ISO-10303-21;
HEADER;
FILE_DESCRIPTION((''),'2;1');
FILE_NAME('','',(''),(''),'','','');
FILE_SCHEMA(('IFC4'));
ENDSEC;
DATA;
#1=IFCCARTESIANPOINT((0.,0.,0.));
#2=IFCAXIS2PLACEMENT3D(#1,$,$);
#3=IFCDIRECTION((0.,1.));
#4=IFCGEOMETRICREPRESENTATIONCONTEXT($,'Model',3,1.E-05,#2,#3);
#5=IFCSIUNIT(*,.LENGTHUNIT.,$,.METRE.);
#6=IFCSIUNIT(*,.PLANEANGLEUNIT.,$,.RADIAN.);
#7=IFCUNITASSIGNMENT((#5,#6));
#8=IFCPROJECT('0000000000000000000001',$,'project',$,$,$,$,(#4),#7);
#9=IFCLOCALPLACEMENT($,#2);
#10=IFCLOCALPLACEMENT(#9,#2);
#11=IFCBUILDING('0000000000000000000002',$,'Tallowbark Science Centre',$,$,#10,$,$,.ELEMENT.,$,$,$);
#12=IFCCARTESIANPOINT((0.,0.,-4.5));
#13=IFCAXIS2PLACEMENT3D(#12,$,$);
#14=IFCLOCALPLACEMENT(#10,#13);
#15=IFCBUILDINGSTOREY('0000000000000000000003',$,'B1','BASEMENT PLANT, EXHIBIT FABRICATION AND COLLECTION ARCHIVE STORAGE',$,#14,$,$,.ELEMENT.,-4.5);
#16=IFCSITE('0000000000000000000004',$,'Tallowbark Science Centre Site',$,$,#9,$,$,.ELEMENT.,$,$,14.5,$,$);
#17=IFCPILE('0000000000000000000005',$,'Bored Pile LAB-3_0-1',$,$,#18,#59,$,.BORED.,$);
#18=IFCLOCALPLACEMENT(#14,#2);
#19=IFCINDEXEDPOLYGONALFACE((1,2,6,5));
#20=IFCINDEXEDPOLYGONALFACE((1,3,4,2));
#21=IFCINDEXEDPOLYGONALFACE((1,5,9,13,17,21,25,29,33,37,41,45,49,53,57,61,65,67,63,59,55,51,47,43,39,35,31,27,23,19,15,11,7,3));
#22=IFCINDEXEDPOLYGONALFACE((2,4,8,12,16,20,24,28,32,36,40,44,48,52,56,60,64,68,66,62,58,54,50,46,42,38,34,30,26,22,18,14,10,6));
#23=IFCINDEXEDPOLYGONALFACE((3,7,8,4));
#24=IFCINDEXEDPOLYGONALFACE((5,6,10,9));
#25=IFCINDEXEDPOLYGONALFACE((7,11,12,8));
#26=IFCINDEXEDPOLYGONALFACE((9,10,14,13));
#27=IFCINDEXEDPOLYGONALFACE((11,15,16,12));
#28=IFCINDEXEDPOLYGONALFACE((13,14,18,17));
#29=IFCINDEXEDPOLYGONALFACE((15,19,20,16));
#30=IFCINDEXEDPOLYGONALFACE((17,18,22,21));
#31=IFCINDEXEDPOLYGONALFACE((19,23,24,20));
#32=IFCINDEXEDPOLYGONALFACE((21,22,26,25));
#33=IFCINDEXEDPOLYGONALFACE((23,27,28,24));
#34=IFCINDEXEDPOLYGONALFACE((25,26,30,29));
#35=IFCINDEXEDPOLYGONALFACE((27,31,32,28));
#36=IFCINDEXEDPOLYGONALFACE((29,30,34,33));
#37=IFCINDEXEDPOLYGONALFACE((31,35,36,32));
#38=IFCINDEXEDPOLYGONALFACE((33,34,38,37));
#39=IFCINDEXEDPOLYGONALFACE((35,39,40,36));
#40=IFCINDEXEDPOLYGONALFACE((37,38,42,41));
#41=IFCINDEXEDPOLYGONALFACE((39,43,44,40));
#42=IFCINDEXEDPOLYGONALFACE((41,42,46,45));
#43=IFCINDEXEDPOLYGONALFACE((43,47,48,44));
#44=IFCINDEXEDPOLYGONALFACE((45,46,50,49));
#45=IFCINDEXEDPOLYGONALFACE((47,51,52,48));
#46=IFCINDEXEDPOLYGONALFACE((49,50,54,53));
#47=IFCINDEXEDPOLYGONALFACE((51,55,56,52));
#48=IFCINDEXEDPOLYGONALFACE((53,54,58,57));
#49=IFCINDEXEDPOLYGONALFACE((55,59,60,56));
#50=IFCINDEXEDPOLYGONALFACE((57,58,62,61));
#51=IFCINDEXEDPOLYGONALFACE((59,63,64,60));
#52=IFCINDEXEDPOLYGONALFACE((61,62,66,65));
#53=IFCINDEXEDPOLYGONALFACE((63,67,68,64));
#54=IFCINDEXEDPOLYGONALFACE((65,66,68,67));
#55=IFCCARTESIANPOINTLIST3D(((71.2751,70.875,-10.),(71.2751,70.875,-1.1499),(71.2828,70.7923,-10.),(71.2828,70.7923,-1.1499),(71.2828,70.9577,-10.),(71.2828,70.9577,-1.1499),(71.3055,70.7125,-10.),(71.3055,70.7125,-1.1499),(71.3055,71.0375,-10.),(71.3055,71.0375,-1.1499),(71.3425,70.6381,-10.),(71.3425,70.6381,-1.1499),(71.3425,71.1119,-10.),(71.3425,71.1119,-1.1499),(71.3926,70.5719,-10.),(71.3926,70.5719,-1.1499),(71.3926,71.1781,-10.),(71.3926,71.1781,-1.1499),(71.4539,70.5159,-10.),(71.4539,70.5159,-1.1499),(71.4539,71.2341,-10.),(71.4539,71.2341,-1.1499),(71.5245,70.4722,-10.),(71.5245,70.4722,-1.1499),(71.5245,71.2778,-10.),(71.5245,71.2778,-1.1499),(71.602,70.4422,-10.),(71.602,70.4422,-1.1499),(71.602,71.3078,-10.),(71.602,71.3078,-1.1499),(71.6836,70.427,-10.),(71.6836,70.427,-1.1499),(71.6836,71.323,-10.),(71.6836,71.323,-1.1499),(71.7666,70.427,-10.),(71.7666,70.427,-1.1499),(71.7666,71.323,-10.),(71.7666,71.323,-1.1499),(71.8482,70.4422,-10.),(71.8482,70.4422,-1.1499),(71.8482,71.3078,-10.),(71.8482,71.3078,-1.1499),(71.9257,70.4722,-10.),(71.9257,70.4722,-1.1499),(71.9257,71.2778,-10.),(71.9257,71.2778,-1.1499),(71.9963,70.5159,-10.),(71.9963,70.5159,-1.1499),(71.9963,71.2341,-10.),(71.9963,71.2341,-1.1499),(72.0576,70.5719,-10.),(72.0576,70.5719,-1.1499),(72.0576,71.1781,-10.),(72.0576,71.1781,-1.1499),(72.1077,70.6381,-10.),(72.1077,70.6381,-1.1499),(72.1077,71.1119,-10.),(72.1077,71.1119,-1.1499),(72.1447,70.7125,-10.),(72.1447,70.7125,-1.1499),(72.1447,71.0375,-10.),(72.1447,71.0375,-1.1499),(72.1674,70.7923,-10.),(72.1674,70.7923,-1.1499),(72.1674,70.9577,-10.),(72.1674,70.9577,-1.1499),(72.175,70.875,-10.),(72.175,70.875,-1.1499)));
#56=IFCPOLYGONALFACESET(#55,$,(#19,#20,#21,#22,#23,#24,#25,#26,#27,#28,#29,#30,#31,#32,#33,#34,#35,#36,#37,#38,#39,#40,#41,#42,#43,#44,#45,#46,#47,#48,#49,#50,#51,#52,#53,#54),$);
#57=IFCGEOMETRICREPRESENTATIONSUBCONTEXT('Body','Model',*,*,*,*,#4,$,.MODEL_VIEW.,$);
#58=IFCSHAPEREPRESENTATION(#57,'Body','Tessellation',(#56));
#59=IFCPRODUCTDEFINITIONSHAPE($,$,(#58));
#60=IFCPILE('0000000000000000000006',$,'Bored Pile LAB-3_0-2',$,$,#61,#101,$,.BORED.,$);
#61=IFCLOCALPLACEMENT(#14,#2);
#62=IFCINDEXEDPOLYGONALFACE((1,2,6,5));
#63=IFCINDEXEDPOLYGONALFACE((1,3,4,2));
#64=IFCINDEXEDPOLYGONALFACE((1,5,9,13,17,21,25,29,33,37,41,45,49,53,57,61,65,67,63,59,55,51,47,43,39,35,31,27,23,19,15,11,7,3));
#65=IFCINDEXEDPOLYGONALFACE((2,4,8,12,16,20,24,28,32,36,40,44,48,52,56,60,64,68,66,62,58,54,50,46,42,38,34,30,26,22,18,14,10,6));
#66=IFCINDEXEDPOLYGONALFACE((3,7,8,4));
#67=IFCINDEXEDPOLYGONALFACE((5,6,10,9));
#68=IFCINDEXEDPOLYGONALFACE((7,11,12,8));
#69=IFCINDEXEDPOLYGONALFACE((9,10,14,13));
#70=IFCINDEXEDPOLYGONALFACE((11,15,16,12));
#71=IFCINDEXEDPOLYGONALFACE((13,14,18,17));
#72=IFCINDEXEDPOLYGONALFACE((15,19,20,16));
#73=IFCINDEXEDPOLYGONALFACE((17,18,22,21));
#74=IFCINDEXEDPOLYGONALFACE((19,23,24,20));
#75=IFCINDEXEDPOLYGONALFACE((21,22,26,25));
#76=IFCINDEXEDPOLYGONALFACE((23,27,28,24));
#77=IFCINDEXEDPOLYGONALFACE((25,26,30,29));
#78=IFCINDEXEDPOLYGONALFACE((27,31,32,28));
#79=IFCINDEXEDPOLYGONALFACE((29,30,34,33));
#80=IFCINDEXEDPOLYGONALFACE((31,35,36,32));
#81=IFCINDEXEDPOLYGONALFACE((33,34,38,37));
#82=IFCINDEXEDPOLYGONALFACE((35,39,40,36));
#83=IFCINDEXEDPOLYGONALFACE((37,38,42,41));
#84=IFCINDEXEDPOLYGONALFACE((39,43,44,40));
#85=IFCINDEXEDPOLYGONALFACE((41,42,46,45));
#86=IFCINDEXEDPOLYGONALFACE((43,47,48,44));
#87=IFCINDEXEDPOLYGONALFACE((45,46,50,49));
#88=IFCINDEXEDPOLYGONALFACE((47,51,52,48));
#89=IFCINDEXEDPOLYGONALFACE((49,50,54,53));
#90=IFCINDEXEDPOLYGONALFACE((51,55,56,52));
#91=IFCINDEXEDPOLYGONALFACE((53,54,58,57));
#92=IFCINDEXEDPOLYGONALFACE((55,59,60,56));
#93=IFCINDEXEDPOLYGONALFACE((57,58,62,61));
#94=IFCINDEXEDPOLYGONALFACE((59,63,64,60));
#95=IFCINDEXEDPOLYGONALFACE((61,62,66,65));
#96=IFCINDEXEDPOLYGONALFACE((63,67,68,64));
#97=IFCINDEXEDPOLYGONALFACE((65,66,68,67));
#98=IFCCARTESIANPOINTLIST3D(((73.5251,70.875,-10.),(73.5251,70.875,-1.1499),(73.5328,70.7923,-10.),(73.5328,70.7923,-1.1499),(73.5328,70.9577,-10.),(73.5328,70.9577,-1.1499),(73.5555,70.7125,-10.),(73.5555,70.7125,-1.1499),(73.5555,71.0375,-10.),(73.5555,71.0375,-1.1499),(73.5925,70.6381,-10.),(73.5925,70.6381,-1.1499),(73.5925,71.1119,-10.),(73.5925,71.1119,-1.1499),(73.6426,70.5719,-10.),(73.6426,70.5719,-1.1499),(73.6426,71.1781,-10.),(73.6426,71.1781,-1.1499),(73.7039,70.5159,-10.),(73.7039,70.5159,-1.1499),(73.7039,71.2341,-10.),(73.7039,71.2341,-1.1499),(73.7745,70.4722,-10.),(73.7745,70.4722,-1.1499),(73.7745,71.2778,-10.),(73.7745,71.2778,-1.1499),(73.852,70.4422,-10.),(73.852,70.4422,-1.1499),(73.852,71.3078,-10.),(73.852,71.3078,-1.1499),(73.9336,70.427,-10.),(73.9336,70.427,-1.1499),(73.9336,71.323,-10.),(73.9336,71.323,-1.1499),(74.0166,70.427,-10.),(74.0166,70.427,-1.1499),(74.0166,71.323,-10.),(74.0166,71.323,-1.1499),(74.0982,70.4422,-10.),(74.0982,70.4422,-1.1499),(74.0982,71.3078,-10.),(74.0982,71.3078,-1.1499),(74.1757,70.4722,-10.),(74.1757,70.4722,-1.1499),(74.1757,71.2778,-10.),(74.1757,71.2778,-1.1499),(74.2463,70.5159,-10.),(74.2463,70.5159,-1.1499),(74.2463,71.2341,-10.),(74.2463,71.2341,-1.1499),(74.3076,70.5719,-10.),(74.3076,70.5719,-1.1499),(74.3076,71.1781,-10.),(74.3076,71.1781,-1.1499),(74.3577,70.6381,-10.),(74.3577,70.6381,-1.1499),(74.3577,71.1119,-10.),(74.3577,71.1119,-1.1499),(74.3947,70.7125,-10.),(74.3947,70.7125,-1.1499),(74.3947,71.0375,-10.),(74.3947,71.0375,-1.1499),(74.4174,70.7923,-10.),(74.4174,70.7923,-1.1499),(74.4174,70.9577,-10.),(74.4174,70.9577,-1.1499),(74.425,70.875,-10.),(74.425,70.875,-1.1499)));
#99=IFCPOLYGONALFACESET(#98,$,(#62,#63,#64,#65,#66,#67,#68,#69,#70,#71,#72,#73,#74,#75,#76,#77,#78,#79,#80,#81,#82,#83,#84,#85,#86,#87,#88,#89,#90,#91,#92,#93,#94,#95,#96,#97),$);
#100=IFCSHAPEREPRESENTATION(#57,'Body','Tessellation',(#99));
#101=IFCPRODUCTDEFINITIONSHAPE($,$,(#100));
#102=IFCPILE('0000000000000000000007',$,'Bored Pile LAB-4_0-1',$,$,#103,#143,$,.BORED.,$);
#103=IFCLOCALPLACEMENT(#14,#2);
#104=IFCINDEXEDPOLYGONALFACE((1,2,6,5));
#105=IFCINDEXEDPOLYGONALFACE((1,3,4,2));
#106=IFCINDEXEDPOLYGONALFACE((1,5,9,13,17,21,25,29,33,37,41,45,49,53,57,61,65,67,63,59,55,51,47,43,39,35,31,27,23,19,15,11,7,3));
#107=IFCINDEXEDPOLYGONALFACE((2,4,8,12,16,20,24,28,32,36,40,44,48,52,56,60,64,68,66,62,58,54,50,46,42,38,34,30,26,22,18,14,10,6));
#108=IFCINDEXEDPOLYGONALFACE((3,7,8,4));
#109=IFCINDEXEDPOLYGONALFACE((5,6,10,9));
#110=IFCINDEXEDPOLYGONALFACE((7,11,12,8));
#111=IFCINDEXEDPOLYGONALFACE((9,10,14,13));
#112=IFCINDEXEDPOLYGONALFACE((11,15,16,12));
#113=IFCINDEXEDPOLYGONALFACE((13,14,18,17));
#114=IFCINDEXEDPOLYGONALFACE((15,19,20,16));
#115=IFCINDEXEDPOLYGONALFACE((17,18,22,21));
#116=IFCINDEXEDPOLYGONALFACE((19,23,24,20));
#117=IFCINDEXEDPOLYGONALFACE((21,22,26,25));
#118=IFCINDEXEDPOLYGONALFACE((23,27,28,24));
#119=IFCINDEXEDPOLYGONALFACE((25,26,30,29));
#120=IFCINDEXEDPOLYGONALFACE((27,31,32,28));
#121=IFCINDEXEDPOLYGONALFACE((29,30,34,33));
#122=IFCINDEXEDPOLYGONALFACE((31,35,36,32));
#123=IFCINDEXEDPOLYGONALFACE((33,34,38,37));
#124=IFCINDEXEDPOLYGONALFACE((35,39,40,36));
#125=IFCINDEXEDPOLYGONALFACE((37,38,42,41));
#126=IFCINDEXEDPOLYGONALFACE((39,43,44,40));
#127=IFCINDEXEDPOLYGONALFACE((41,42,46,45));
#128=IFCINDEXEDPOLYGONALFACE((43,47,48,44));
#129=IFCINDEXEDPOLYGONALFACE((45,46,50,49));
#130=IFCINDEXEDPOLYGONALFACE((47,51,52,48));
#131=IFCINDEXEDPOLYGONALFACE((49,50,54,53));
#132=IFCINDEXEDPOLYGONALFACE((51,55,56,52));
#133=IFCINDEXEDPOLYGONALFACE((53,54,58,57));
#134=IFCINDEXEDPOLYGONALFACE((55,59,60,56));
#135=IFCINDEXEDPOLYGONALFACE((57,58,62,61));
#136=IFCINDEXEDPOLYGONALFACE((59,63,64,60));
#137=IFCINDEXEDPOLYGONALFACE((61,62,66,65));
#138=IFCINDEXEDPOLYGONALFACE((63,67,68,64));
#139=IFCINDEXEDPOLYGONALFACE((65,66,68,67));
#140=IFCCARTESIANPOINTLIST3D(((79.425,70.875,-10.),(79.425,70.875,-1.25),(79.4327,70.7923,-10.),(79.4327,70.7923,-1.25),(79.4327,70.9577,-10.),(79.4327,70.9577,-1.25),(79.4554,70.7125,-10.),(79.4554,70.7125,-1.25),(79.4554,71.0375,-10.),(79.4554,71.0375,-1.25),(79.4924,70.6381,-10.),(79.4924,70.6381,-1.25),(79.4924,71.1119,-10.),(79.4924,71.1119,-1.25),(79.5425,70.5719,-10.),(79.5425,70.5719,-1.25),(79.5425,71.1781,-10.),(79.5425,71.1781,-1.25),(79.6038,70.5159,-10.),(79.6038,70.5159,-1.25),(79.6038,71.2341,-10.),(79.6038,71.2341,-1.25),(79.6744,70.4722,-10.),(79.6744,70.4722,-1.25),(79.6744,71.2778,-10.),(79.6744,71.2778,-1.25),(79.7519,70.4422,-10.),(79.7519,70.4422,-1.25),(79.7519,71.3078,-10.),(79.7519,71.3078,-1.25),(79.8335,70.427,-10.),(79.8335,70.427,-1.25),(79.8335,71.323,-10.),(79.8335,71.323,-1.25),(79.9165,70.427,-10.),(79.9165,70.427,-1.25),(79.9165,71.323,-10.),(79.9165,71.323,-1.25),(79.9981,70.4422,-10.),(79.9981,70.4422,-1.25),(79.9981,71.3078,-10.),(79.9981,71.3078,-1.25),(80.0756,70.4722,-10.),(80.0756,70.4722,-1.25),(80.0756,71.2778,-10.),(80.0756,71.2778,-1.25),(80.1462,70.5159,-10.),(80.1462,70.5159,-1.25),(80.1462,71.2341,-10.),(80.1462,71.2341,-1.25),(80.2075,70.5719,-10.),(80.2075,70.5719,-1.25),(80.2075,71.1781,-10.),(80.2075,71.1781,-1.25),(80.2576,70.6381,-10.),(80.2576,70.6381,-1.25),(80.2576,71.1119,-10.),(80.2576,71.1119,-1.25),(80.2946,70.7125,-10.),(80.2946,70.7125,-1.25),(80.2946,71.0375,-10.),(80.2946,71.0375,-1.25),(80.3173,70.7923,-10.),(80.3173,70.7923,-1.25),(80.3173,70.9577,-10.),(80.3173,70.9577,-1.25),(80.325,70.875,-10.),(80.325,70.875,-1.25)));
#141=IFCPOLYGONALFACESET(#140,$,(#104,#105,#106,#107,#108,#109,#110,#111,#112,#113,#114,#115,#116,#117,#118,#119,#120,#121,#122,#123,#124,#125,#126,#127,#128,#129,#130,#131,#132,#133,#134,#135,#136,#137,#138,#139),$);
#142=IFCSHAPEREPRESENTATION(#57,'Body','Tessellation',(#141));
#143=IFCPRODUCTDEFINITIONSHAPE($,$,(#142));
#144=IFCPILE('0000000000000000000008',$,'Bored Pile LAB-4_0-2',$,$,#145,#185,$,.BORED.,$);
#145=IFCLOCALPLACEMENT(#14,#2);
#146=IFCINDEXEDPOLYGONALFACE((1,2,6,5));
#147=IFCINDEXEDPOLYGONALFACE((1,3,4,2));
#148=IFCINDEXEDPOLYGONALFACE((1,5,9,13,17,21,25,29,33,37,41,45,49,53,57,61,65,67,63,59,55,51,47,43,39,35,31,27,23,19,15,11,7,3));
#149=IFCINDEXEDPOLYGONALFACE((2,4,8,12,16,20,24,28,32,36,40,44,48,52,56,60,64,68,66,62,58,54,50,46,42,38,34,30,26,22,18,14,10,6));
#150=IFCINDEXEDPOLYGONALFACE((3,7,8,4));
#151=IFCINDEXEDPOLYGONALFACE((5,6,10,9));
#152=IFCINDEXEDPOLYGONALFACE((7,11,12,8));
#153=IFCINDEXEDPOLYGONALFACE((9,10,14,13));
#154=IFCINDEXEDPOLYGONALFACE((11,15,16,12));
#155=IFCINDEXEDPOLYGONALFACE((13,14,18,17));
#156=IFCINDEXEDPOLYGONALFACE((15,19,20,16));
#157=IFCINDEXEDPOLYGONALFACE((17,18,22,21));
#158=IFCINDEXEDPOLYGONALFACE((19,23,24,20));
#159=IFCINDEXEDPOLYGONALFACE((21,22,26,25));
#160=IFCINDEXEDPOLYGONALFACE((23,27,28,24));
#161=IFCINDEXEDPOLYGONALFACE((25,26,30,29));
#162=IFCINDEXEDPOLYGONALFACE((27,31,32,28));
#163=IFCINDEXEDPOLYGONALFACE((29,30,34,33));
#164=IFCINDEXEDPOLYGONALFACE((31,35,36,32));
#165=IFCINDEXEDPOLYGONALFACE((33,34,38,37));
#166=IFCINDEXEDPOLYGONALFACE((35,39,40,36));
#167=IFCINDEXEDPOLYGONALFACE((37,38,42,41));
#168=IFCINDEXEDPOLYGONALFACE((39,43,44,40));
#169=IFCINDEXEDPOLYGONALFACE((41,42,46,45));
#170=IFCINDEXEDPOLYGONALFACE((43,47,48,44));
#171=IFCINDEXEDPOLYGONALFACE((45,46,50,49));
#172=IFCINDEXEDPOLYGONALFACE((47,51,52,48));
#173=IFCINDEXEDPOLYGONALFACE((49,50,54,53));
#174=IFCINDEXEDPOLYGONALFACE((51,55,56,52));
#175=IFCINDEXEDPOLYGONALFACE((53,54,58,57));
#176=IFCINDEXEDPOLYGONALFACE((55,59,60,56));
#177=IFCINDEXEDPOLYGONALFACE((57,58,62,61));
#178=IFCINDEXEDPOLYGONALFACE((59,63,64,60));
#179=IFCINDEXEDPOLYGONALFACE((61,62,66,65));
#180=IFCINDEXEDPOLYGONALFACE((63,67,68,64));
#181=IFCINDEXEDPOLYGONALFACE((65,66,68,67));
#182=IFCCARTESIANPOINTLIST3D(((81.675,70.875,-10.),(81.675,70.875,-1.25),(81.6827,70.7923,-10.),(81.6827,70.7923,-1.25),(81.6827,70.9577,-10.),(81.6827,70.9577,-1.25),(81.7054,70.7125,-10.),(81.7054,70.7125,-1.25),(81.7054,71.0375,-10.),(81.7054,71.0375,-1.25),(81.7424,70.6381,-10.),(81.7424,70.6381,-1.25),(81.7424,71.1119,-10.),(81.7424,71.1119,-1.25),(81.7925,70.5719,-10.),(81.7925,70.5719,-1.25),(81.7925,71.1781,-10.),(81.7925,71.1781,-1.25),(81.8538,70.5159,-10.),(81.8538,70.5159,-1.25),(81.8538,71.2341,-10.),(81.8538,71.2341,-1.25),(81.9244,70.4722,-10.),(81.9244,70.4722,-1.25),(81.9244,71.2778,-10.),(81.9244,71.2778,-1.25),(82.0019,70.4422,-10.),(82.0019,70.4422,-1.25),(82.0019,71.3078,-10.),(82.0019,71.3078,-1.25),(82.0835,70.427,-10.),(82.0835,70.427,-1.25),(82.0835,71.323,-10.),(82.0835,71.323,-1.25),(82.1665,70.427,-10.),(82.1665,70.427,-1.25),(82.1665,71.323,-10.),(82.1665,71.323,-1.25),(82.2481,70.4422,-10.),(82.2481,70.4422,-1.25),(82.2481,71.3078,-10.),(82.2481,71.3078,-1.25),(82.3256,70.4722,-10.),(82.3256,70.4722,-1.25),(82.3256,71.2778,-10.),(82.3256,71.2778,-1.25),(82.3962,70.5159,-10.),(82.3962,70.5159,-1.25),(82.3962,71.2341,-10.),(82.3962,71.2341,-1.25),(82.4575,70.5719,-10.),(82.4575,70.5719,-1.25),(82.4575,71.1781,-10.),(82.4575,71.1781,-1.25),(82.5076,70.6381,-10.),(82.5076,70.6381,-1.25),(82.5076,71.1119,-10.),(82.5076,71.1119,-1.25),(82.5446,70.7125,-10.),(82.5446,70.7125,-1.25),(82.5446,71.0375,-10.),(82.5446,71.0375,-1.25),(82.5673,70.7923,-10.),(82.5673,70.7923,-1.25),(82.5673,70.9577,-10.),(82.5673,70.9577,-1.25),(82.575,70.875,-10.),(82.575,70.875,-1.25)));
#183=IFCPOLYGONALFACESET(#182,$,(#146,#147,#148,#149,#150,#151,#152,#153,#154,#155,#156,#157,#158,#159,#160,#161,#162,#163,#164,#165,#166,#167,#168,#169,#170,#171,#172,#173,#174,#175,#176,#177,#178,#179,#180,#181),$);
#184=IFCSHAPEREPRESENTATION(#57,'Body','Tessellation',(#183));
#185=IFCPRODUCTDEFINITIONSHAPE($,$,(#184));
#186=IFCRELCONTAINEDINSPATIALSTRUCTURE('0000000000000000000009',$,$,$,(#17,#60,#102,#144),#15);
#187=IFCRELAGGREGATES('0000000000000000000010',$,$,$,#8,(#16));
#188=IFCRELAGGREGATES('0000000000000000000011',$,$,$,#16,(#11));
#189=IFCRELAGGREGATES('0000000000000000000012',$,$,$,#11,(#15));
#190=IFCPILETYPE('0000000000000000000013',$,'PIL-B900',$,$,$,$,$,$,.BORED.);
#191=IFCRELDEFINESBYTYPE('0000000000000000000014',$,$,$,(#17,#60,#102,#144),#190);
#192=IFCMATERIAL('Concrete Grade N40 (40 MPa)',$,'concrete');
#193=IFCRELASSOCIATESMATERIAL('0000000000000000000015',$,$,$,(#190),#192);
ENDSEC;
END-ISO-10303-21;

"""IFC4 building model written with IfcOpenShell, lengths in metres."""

from ifc_helpers import new_model, si_unit, direction, frame, origin, origin_2d, place, context, subcontext, project, spatial, circle, extrude, material, material_profile, profile_set, type_object, element, save


model = new_model("IFC4")

# Units and contexts
model_context = context("Model", 3, precision=1e-05, world=origin(), true_north=direction((0.0, 1.0)))
body_context = subcontext(model_context, "Body", "Model", "MODEL_VIEW")
ifc_project = project(units=[si_unit("LENGTHUNIT", "METRE"), si_unit("PLANEANGLEUNIT", "RADIAN")], contexts=[model_context])

# Site, building, storey
site_placement = place(None, origin())
site = spatial("IfcSite", under=ifc_project, at=site_placement, Name="Tallowbark Science Centre Site", CompositionType="ELEMENT", RefElevation=14.5)
building_placement = place(site_placement, origin())
building = spatial("IfcBuilding", under=site, at=building_placement, Name="Tallowbark Science Centre", CompositionType="ELEMENT")
storey_placement = place(building_placement, frame((0.0, 0.0, -4.5)))
storey = spatial("IfcBuildingStorey", under=building, at=storey_placement, Name="B1", Description="BASEMENT PLANT, EXHIBIT FABRICATION AND COLLECTION ARCHIVE STORAGE", CompositionType="ELEMENT", Elevation=-4.5)

# Shared definitions
ifc_material_1 = material(Name="Concrete Grade N40 (40 MPa)", Category="concrete")

# Piles
ifc_material_profile_1 = material_profile(ifc_material_1, circle(Radius=0.45, at=origin_2d()), Name="PILE900")
ifc_profile_set_1 = profile_set([ifc_material_profile_1], Name="Concrete Grade N40 (40 MPa)")
pile_type_1 = type_object("IfcPileType", Name="PIL-B900", PredefinedType="BORED", material=ifc_profile_set_1)
for number, where, z_axis, x_axis, name in (
    (1, (71.7251, 70.875, -1.1499), (0.0, 0.0, -1.0), (1.0, 0.0, 0.0), "Bored Pile LAB-3_0-1"),
    (2, (73.9751, 70.875, -1.1499), (0.0, 0.0, -1.0), (1.0, 0.0, 0.0), "Bored Pile LAB-3_0-2"),
):
    element("IfcPile", number, at=place(storey_placement, frame(where, z_axis=z_axis, x_axis=x_axis)), inside=storey, type_object=pile_type_1, Name=name, PredefinedType="BORED", context=body_context, shape_type="SweptSolid", body=[
        extrude(circle(Radius=0.45, at=origin_2d()), origin(), (0.0, 0.0, 1.0), 8.8501),
    ])
for number, where, z_axis, x_axis, name in (
    (3, (79.875, 70.875, -1.25), (0.0, 0.0, -1.0), (1.0, 0.0, 0.0), "Bored Pile LAB-4_0-1"),
    (4, (82.125, 70.875, -1.25), (0.0, 0.0, -1.0), (1.0, 0.0, 0.0), "Bored Pile LAB-4_0-2"),
):
    element("IfcPile", number, at=place(storey_placement, frame(where, z_axis=z_axis, x_axis=x_axis)), inside=storey, type_object=pile_type_1, Name=name, PredefinedType="BORED", context=body_context, shape_type="SweptSolid", body=[
        extrude(circle(Radius=0.45, at=origin_2d()), origin(), (0.0, 0.0, 1.0), 8.75),
    ])

save(model, "model.ifc")
